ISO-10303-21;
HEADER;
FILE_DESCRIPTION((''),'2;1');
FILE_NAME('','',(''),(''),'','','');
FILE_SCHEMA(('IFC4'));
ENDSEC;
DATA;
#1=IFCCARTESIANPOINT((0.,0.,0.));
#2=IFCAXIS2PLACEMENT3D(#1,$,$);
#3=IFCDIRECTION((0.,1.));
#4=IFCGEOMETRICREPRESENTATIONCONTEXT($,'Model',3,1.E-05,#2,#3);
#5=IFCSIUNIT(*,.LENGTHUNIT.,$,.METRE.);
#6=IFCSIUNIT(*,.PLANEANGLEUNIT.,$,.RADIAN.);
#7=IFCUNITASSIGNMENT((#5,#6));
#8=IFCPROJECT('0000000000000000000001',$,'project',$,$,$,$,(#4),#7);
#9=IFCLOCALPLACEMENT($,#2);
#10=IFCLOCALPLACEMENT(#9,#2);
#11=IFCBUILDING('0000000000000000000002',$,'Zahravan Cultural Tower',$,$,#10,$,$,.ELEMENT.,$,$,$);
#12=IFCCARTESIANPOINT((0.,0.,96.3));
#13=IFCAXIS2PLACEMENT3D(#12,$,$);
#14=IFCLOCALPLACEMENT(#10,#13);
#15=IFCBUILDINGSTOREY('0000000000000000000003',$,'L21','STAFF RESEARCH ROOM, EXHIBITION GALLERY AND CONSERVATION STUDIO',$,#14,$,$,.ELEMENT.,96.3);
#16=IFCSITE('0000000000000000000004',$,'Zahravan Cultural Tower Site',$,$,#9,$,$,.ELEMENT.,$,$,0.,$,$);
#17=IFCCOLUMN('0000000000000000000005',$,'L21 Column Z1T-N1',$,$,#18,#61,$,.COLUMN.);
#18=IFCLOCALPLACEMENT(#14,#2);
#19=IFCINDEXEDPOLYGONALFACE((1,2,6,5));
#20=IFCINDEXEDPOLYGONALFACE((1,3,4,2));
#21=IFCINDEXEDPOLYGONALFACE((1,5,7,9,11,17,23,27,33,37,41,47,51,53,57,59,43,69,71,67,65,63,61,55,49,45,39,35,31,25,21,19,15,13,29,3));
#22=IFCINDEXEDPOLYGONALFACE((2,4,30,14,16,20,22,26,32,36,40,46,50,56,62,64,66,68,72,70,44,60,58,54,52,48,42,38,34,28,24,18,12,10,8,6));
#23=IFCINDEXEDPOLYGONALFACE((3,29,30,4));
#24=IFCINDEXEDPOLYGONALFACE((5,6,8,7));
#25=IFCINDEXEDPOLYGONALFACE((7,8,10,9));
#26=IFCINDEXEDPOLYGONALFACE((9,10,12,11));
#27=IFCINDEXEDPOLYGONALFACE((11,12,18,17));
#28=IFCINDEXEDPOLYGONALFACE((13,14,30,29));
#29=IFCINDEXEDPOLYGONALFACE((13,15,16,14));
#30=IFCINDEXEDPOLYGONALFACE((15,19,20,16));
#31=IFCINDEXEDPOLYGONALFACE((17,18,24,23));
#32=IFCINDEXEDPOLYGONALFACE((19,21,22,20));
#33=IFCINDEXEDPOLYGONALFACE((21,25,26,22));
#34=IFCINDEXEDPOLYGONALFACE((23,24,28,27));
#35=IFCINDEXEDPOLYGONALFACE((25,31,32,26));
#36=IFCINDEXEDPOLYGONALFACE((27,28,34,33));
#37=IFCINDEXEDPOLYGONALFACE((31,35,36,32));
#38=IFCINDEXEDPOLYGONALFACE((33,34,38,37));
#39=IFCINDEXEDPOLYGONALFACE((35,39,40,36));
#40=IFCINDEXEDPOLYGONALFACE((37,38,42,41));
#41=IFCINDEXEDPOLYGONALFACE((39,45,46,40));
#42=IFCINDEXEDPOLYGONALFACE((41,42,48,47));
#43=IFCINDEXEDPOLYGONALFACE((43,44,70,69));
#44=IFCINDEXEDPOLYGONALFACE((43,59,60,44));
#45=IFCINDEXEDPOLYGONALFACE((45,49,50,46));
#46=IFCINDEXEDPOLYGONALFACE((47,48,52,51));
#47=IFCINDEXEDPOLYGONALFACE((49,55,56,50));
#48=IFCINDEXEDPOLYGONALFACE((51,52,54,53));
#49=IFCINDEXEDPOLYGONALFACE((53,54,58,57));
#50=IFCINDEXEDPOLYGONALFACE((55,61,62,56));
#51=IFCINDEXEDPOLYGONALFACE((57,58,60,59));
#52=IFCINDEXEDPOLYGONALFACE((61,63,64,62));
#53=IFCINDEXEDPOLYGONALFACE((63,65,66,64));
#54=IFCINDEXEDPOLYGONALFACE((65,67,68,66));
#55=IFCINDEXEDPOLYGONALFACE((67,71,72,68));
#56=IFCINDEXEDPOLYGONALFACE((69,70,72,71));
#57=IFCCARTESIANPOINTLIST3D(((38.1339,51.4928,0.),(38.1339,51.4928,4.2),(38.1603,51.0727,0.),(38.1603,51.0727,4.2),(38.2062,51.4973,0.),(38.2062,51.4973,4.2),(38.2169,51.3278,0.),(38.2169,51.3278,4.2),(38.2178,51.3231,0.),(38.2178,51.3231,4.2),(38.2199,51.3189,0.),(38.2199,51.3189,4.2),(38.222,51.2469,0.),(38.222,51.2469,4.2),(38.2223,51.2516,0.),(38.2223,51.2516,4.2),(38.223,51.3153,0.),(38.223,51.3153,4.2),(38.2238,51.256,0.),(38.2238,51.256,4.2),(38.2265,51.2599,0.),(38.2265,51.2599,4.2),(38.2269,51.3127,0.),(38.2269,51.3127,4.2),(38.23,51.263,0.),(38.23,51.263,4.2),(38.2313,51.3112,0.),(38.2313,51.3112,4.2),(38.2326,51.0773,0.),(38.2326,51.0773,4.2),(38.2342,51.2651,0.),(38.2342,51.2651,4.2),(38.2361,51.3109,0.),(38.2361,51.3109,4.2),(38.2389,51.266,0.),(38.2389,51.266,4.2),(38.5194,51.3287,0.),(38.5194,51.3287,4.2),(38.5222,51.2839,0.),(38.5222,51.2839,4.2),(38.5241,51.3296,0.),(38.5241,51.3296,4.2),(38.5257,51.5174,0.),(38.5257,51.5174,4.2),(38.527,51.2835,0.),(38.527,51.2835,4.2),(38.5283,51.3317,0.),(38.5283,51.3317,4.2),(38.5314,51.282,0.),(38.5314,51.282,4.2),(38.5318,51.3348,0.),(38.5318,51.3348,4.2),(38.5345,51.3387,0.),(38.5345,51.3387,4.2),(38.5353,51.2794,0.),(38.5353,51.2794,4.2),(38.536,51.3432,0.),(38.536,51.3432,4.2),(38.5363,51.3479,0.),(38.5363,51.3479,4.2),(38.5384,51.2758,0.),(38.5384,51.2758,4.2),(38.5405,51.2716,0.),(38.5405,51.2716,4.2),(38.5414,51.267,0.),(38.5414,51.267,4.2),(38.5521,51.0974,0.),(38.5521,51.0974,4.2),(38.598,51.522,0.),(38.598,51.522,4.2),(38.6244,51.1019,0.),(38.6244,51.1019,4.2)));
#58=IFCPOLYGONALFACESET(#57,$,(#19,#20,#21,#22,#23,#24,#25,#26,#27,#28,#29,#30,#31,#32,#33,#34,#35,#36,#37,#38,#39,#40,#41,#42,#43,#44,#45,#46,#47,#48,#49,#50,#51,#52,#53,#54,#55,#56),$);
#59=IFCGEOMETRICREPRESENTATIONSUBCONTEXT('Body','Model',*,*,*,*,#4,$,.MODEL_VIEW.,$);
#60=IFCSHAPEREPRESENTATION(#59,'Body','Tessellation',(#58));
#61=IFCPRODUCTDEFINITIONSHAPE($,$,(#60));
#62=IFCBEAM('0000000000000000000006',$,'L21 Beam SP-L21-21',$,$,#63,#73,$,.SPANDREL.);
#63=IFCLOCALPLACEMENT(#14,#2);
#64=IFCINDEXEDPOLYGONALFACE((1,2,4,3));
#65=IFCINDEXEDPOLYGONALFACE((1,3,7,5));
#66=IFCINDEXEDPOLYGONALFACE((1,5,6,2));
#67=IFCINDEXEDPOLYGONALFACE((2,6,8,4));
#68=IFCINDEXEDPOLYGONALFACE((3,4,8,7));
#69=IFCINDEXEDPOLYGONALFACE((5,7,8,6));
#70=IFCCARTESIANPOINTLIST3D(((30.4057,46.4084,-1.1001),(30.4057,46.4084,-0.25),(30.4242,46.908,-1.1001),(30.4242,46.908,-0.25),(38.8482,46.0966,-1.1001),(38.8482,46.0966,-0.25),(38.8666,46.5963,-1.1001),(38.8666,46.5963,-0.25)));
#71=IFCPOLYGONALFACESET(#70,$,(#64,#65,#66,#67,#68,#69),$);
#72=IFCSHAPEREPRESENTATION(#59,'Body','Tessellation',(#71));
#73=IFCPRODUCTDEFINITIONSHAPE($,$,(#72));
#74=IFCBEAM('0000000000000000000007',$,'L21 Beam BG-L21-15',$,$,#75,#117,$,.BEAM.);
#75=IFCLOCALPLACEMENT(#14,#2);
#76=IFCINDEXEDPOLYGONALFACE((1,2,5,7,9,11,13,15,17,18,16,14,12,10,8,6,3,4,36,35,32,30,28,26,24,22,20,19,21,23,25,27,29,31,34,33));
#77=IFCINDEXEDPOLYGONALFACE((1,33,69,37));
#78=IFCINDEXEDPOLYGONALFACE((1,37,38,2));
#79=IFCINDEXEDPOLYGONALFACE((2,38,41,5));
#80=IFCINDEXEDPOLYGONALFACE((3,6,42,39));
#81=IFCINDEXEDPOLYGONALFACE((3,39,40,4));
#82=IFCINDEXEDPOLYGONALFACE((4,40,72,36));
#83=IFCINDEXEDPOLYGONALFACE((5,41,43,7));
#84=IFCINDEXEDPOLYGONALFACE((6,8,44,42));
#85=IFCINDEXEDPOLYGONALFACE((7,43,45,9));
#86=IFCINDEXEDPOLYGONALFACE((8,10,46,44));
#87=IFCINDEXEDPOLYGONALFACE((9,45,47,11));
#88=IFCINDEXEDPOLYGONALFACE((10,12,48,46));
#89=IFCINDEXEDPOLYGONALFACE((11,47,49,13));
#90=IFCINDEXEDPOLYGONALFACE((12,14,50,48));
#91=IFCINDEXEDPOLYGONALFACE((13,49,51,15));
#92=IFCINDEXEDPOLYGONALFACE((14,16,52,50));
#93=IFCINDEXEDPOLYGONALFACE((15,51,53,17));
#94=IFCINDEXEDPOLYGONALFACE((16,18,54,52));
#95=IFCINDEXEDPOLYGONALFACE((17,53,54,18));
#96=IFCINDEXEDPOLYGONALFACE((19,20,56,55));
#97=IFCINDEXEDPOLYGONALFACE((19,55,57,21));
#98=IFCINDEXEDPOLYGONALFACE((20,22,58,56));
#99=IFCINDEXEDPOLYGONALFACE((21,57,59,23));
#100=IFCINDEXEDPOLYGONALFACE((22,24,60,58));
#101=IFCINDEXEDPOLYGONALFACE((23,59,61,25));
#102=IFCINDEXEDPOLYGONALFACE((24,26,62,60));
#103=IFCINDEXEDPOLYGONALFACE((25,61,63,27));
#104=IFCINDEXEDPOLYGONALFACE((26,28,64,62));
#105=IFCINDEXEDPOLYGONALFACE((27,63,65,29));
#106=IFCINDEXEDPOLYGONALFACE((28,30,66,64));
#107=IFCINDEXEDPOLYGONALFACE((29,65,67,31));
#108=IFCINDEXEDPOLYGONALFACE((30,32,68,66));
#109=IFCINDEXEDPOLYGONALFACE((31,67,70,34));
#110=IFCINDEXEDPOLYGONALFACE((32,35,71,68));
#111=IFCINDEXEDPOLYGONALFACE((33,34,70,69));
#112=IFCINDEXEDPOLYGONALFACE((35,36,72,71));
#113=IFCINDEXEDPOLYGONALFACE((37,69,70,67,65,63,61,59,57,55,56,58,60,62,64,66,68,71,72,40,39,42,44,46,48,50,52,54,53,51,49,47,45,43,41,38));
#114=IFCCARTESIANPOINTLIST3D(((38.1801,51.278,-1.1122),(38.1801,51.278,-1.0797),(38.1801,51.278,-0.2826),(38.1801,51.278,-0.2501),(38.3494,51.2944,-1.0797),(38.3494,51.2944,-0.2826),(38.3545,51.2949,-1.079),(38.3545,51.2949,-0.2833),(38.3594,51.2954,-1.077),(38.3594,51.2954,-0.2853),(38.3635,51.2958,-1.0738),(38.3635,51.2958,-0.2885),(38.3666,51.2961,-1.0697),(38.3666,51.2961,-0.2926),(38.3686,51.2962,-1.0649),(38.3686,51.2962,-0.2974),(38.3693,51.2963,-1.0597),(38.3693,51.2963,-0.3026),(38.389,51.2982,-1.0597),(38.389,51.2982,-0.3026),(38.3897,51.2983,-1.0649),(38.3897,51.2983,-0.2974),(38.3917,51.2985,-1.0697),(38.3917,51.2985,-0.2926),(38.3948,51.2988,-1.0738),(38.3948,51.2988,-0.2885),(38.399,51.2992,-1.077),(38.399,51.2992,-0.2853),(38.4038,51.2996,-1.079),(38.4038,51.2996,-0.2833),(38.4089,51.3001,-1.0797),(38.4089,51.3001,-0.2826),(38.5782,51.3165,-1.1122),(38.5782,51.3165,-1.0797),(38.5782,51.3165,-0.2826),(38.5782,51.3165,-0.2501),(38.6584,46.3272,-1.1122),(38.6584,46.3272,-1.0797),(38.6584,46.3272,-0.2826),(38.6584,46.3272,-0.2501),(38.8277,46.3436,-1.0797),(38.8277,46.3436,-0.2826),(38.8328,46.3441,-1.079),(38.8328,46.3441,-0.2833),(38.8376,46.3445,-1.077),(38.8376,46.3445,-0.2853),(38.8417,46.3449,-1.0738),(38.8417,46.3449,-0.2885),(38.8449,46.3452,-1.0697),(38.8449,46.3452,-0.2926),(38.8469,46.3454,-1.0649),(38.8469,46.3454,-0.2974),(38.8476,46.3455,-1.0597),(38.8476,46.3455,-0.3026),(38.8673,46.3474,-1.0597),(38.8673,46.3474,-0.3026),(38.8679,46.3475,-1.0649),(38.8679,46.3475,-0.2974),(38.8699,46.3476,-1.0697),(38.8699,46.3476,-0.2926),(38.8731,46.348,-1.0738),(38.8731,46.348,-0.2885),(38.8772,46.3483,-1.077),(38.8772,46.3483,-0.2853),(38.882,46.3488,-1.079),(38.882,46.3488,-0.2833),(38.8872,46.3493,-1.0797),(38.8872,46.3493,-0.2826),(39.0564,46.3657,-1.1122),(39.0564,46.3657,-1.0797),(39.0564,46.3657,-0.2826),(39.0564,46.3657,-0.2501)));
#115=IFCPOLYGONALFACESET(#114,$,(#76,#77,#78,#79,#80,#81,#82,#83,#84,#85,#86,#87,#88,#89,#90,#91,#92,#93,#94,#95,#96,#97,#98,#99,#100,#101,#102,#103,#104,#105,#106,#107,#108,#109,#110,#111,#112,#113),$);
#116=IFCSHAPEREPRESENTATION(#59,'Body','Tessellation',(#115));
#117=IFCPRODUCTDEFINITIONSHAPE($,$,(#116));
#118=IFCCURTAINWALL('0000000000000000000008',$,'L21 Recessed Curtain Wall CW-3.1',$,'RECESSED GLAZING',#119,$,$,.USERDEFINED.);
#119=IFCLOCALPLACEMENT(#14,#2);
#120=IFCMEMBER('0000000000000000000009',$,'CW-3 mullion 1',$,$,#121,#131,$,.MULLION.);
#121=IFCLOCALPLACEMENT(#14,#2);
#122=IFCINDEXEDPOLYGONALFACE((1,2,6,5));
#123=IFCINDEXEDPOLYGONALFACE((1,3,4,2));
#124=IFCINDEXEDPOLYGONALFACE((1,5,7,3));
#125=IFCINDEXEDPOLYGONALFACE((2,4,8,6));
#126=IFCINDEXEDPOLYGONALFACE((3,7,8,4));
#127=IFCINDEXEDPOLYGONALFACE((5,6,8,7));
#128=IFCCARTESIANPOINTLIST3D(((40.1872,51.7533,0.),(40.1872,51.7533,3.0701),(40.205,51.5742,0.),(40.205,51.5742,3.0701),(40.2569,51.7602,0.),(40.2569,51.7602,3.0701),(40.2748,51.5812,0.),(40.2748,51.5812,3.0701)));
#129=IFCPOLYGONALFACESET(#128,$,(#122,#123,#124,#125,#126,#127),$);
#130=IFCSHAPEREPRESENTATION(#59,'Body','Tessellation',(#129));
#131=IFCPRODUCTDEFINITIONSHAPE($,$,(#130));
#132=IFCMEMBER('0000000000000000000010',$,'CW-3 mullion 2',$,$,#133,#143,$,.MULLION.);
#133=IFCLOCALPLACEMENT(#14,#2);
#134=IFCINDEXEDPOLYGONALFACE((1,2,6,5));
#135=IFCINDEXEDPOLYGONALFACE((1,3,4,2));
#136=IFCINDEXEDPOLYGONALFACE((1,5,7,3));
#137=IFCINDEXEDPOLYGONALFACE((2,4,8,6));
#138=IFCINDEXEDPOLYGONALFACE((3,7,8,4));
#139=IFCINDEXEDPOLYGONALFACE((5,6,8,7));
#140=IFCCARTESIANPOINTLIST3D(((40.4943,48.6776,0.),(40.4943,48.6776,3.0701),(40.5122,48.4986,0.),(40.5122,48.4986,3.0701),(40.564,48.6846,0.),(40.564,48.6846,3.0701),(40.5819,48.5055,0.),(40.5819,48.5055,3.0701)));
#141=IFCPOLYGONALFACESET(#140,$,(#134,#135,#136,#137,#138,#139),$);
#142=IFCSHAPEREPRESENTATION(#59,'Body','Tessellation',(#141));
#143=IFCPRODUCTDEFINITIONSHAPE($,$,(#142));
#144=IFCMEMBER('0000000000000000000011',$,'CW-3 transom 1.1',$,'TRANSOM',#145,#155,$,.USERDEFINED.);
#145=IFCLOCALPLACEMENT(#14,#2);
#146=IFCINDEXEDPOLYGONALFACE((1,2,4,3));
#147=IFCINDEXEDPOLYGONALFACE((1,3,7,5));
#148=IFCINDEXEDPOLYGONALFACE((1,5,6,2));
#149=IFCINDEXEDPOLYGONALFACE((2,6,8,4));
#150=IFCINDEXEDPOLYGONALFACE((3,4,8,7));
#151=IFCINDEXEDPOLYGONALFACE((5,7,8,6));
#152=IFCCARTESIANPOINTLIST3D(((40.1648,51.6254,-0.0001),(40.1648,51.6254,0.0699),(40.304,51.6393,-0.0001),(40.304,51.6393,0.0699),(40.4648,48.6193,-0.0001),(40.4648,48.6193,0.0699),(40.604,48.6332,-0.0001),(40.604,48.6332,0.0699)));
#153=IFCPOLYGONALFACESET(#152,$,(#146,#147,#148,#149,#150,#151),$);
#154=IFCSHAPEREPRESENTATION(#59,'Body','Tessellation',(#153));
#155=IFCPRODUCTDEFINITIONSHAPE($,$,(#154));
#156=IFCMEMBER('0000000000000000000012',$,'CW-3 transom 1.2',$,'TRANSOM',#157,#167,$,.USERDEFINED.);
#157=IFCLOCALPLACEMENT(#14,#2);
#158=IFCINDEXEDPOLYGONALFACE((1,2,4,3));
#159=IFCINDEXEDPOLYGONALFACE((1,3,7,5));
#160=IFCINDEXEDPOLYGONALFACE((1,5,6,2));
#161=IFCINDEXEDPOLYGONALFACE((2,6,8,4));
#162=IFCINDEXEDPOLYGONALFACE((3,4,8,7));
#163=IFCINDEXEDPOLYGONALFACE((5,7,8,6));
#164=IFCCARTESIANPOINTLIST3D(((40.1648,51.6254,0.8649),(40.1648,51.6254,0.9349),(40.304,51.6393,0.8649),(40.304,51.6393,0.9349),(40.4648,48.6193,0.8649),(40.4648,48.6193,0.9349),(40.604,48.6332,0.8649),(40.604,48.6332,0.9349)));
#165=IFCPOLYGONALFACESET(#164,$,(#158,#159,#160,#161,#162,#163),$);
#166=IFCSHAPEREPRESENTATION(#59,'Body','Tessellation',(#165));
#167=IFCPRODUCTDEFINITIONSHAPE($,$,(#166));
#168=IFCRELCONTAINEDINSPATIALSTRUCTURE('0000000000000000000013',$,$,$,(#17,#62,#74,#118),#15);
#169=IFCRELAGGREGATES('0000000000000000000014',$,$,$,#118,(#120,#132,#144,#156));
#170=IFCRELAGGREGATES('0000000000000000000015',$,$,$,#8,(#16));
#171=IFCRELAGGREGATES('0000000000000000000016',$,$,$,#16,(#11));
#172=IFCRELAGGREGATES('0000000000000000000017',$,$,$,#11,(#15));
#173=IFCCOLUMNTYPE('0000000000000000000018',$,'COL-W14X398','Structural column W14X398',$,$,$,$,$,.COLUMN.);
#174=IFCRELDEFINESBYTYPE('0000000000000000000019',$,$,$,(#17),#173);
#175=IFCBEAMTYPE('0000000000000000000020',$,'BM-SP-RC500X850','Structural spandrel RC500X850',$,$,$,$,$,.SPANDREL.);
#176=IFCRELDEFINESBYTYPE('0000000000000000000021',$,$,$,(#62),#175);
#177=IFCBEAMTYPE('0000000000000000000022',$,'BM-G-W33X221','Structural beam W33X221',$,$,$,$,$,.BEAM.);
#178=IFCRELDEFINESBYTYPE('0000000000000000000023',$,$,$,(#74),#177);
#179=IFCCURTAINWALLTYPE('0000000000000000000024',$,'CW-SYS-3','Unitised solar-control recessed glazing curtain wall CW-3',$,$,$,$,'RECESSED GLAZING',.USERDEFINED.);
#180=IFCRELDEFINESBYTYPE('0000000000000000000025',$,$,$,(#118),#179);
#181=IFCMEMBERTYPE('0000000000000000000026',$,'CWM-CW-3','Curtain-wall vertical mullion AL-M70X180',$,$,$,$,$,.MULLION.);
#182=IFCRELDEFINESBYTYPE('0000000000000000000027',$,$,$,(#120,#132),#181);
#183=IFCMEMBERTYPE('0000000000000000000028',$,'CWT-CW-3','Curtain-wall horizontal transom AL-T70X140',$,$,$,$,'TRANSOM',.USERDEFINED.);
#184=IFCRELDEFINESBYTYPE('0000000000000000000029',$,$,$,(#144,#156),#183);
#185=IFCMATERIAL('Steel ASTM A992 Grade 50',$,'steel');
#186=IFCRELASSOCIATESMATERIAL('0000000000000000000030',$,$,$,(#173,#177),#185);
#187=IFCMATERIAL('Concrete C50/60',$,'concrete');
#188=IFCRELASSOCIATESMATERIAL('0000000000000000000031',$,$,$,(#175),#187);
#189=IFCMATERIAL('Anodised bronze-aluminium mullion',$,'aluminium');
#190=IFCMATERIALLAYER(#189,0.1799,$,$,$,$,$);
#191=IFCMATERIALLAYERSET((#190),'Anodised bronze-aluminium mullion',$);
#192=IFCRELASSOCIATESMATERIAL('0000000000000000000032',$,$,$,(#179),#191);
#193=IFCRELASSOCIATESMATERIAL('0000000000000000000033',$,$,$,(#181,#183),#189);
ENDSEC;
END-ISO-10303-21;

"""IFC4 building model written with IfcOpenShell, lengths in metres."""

from ifc_helpers import new_model, si_unit, direction, frame, origin, origin_2d, place, context, subcontext, project, spatial, rectangle, i_section, extrude, source, transform, mapped, material, layer, layer_set, material_profile, profile_set, type_object, element, aggregate, save


model = new_model("IFC4")

# Units and contexts
model_context = context("Model", 3, precision=1e-05, world=origin(), true_north=direction((0.0, 1.0)))
body_context = subcontext(model_context, "Body", "Model", "MODEL_VIEW")
ifc_project = project(units=[si_unit("LENGTHUNIT", "METRE"), si_unit("PLANEANGLEUNIT", "RADIAN")], contexts=[model_context])

# Site, building, storey
site_placement = place(None, origin())
site = spatial("IfcSite", under=ifc_project, at=site_placement, Name="Zahravan Cultural Tower Site", CompositionType="ELEMENT", RefElevation=0.0)
building_placement = place(site_placement, origin())
building = spatial("IfcBuilding", under=site, at=building_placement, Name="Zahravan Cultural Tower", CompositionType="ELEMENT")
storey_placement = place(building_placement, frame((0.0, 0.0, 96.3)))
storey = spatial("IfcBuildingStorey", under=building, at=storey_placement, Name="L21", Description="STAFF RESEARCH ROOM, EXHIBITION GALLERY AND CONSERVATION STUDIO", CompositionType="ELEMENT", Elevation=96.3)

# Column
ifc_material_1 = material(Name="Steel ASTM A992 Grade 50", Category="steel")
ifc_material_profile_1 = material_profile(ifc_material_1, i_section(OverallWidth=0.4209, OverallDepth=0.4651, WebThickness=0.0449, FlangeThickness=0.0725, FilletRadius=0.0181, at=origin_2d()), Name="W14X398")
ifc_profile_set_1 = profile_set([ifc_material_profile_1], Name="Steel ASTM A992 Grade 50")
column_type = type_object("IfcColumnType", Name="COL-W14X398", Description="Structural column W14X398", PredefinedType="COLUMN", material=ifc_profile_set_1)
shared_shape_1 = source(origin(), body_context, "Body", "SweptSolid", [
    extrude(i_section(OverallWidth=0.4209, OverallDepth=0.4651, WebThickness=0.0449, FlangeThickness=0.0725, FilletRadius=0.0181, at=origin_2d()), origin(), (0.0, 0.0, 1.0), 4.2),
])
column_placement = place(storey_placement, frame((38.3792, 51.2974, 0.0), z_axis=(0.0, 0.0, 1.0), x_axis=(-0.062791, 0.998027, 0.0)))
element("IfcColumn", 1, at=column_placement, inside=storey, type_object=column_type, Name="L21 Column Z1T-N1", PredefinedType="COLUMN", context=body_context, shape_type="MappedRepresentation", body=[
    mapped(shared_shape_1, transform((0.0, 0.0, 0.0), x_axis=(1.0, 0.0, 0.0), y_axis=(0.0, 1.0, 0.0), z_axis=(0.0, 0.0, 1.0), scale=1.0)),
])

# Beams
ifc_material_2 = material(Name="Concrete C50/60", Category="concrete")
ifc_material_profile_2 = material_profile(ifc_material_2, rectangle(XDim=0.5, YDim=0.8501, at=origin_2d()), Name="RC500X850")
ifc_profile_set_2 = profile_set([ifc_material_profile_2], Name="Concrete C50/60")
beam_type_1 = type_object("IfcBeamType", Name="BM-SP-RC500X850", Description="Structural spandrel RC500X850", PredefinedType="SPANDREL", material=ifc_profile_set_2)
shared_shape_2 = source(origin(), body_context, "Body", "SweptSolid", [
    extrude(rectangle(XDim=0.5, YDim=0.8501, at=origin_2d()), origin(), (0.0, 0.0, 1.0), 8.4482),
])
beam_1_placement = place(storey_placement, frame((38.8574, 46.3464, -0.675), z_axis=(-0.999319, 0.036904, 0.0), x_axis=(-0.036904, -0.999319, 0.0)))
element("IfcBeam", 2, at=beam_1_placement, inside=storey, type_object=beam_type_1, Name="L21 Beam SP-L21-21", PredefinedType="SPANDREL", context=body_context, shape_type="MappedRepresentation", body=[
    mapped(shared_shape_2, transform((0.0, 0.0, 0.0), x_axis=(1.0, 0.0, 0.0), y_axis=(0.0, 1.0, 0.0), z_axis=(0.0, 0.0, 1.0), scale=1.0)),
])
ifc_material_profile_3 = material_profile(ifc_material_1, i_section(OverallWidth=0.3999, OverallDepth=0.8621, WebThickness=0.0198, FlangeThickness=0.0325, FilletRadius=0.02, at=origin_2d()), Name="W33X221")
ifc_profile_set_3 = profile_set([ifc_material_profile_3], Name="Steel ASTM A992 Grade 50")
beam_type_2 = type_object("IfcBeamType", Name="BM-G-W33X221", Description="Structural beam W33X221", PredefinedType="BEAM", material=ifc_profile_set_3)
shared_shape_3 = source(origin(), body_context, "Body", "SweptSolid", [
    extrude(i_section(OverallWidth=0.3999, OverallDepth=0.8621, WebThickness=0.0198, FlangeThickness=0.0325, FilletRadius=0.02, at=origin_2d()), origin(), (0.0, 0.0, 1.0), 4.9739),
])
beam_2_placement = place(storey_placement, frame((38.8574, 46.3464, -0.6812), z_axis=(-0.096155, 0.995366, 0.0), x_axis=(-0.995366, -0.096155, 0.0)))
element("IfcBeam", 3, at=beam_2_placement, inside=storey, type_object=beam_type_2, Name="L21 Beam BG-L21-15", PredefinedType="BEAM", context=body_context, shape_type="MappedRepresentation", body=[
    mapped(shared_shape_3, transform((0.0, 0.0, 0.0), x_axis=(1.0, 0.0, 0.0), y_axis=(0.0, 1.0, 0.0), z_axis=(0.0, 0.0, 1.0), scale=1.0)),
])

# Curtain wall, members
ifc_material_3 = material(Name="Anodised bronze-aluminium mullion", Category="aluminium")
ifc_layer_1 = layer(ifc_material_3, 0.1799)
ifc_layer_set_1 = layer_set([ifc_layer_1], Name="Anodised bronze-aluminium mullion")
curtain_wall_type = type_object("IfcCurtainWallType", Name="CW-SYS-3", Description="Unitised solar-control recessed glazing curtain wall CW-3", ElementType="RECESSED GLAZING", PredefinedType="USERDEFINED", material=ifc_layer_set_1)
curtain_wall_placement = place(storey_placement, origin())
curtain_wall = element("IfcCurtainWall", 4, at=curtain_wall_placement, inside=storey, type_object=curtain_wall_type, Name="L21 Recessed Curtain Wall CW-3.1", ObjectType="RECESSED GLAZING", PredefinedType="USERDEFINED")
ifc_material_profile_4 = material_profile(ifc_material_3, rectangle(XDim=0.0701, YDim=0.1799, at=origin_2d()), Name="AL-M70X180")
ifc_profile_set_4 = profile_set([ifc_material_profile_4], Name="Anodised bronze-aluminium mullion")
member_type_1 = type_object("IfcMemberType", Name="CWM-CW-3", Description="Curtain-wall vertical mullion AL-M70X180", PredefinedType="MULLION", material=ifc_profile_set_4)
shared_shape_4 = source(origin(), body_context, "Body", "SweptSolid", [
    extrude(rectangle(XDim=0.0701, YDim=0.1799, at=origin_2d()), origin(), (0.0, 0.0, 1.0), 3.0701),
])
member_1_placement = place(storey_placement, frame((40.231, 51.6672, 0.0), z_axis=(0.0, 0.0, 1.0), x_axis=(0.995055, 0.099322, 0.0)))
member_1 = element("IfcMember", 5, at=member_1_placement, type_object=member_type_1, Name="CW-3 mullion 1", PredefinedType="MULLION", context=body_context, shape_type="MappedRepresentation", body=[
    mapped(shared_shape_4, transform((0.0, 0.0, 0.0), x_axis=(1.0, 0.0, 0.0), y_axis=(0.0, 1.0, 0.0), z_axis=(0.0, 0.0, 1.0), scale=1.0)),
])
member_2_placement = place(storey_placement, frame((40.5381, 48.5916, 0.0), z_axis=(0.0, 0.0, 1.0), x_axis=(0.995055, 0.099322, 0.0)))
member_2 = element("IfcMember", 6, at=member_2_placement, type_object=member_type_1, Name="CW-3 mullion 2", PredefinedType="MULLION", context=body_context, shape_type="MappedRepresentation", body=[
    mapped(shared_shape_4, transform((0.0, 0.0, 0.0), x_axis=(1.0, 0.0, 0.0), y_axis=(0.0, 1.0, 0.0), z_axis=(0.0, 0.0, 1.0), scale=1.0)),
])
ifc_material_profile_5 = material_profile(ifc_material_3, rectangle(XDim=0.1399, YDim=0.0701, at=origin_2d()), Name="AL-T70X140")
ifc_profile_set_5 = profile_set([ifc_material_profile_5], Name="Anodised bronze-aluminium mullion")
member_type_2 = type_object("IfcMemberType", Name="CWT-CW-3", Description="Curtain-wall horizontal transom AL-T70X140", ElementType="TRANSOM", PredefinedType="USERDEFINED", material=ifc_profile_set_5)
shared_shape_5 = source(origin(), body_context, "Body", "SweptSolid", [
    extrude(rectangle(XDim=0.1399, YDim=0.0701, at=origin_2d()), origin(), (0.0, 0.0, 1.0), 3.021),
])
member_3_placement = place(storey_placement, frame((40.2344, 51.6323, 0.0349), z_axis=(0.09932, -0.995056, 0.0), x_axis=(0.995056, 0.09932, 0.0)))
member_3 = element("IfcMember", 7, at=member_3_placement, type_object=member_type_2, Name="CW-3 transom 1.1", ObjectType="TRANSOM", PredefinedType="USERDEFINED", context=body_context, shape_type="MappedRepresentation", body=[
    mapped(shared_shape_5, transform((0.0, 0.0, 0.0), x_axis=(1.0, 0.0, 0.0), y_axis=(0.0, 1.0, 0.0), z_axis=(0.0, 0.0, 1.0), scale=1.0)),
])
member_4_placement = place(storey_placement, frame((40.2344, 51.6323, 0.8999), z_axis=(0.09932, -0.995056, 0.0), x_axis=(0.995056, 0.09932, 0.0)))
member_4 = element("IfcMember", 8, at=member_4_placement, type_object=member_type_2, Name="CW-3 transom 1.2", ObjectType="TRANSOM", PredefinedType="USERDEFINED", context=body_context, shape_type="MappedRepresentation", body=[
    mapped(shared_shape_5, transform((0.0, 0.0, 0.0), x_axis=(1.0, 0.0, 0.0), y_axis=(0.0, 1.0, 0.0), z_axis=(0.0, 0.0, 1.0), scale=1.0)),
])
aggregate(curtain_wall, [member_1, member_2, member_3, member_4])

save(model, "model.ifc")
